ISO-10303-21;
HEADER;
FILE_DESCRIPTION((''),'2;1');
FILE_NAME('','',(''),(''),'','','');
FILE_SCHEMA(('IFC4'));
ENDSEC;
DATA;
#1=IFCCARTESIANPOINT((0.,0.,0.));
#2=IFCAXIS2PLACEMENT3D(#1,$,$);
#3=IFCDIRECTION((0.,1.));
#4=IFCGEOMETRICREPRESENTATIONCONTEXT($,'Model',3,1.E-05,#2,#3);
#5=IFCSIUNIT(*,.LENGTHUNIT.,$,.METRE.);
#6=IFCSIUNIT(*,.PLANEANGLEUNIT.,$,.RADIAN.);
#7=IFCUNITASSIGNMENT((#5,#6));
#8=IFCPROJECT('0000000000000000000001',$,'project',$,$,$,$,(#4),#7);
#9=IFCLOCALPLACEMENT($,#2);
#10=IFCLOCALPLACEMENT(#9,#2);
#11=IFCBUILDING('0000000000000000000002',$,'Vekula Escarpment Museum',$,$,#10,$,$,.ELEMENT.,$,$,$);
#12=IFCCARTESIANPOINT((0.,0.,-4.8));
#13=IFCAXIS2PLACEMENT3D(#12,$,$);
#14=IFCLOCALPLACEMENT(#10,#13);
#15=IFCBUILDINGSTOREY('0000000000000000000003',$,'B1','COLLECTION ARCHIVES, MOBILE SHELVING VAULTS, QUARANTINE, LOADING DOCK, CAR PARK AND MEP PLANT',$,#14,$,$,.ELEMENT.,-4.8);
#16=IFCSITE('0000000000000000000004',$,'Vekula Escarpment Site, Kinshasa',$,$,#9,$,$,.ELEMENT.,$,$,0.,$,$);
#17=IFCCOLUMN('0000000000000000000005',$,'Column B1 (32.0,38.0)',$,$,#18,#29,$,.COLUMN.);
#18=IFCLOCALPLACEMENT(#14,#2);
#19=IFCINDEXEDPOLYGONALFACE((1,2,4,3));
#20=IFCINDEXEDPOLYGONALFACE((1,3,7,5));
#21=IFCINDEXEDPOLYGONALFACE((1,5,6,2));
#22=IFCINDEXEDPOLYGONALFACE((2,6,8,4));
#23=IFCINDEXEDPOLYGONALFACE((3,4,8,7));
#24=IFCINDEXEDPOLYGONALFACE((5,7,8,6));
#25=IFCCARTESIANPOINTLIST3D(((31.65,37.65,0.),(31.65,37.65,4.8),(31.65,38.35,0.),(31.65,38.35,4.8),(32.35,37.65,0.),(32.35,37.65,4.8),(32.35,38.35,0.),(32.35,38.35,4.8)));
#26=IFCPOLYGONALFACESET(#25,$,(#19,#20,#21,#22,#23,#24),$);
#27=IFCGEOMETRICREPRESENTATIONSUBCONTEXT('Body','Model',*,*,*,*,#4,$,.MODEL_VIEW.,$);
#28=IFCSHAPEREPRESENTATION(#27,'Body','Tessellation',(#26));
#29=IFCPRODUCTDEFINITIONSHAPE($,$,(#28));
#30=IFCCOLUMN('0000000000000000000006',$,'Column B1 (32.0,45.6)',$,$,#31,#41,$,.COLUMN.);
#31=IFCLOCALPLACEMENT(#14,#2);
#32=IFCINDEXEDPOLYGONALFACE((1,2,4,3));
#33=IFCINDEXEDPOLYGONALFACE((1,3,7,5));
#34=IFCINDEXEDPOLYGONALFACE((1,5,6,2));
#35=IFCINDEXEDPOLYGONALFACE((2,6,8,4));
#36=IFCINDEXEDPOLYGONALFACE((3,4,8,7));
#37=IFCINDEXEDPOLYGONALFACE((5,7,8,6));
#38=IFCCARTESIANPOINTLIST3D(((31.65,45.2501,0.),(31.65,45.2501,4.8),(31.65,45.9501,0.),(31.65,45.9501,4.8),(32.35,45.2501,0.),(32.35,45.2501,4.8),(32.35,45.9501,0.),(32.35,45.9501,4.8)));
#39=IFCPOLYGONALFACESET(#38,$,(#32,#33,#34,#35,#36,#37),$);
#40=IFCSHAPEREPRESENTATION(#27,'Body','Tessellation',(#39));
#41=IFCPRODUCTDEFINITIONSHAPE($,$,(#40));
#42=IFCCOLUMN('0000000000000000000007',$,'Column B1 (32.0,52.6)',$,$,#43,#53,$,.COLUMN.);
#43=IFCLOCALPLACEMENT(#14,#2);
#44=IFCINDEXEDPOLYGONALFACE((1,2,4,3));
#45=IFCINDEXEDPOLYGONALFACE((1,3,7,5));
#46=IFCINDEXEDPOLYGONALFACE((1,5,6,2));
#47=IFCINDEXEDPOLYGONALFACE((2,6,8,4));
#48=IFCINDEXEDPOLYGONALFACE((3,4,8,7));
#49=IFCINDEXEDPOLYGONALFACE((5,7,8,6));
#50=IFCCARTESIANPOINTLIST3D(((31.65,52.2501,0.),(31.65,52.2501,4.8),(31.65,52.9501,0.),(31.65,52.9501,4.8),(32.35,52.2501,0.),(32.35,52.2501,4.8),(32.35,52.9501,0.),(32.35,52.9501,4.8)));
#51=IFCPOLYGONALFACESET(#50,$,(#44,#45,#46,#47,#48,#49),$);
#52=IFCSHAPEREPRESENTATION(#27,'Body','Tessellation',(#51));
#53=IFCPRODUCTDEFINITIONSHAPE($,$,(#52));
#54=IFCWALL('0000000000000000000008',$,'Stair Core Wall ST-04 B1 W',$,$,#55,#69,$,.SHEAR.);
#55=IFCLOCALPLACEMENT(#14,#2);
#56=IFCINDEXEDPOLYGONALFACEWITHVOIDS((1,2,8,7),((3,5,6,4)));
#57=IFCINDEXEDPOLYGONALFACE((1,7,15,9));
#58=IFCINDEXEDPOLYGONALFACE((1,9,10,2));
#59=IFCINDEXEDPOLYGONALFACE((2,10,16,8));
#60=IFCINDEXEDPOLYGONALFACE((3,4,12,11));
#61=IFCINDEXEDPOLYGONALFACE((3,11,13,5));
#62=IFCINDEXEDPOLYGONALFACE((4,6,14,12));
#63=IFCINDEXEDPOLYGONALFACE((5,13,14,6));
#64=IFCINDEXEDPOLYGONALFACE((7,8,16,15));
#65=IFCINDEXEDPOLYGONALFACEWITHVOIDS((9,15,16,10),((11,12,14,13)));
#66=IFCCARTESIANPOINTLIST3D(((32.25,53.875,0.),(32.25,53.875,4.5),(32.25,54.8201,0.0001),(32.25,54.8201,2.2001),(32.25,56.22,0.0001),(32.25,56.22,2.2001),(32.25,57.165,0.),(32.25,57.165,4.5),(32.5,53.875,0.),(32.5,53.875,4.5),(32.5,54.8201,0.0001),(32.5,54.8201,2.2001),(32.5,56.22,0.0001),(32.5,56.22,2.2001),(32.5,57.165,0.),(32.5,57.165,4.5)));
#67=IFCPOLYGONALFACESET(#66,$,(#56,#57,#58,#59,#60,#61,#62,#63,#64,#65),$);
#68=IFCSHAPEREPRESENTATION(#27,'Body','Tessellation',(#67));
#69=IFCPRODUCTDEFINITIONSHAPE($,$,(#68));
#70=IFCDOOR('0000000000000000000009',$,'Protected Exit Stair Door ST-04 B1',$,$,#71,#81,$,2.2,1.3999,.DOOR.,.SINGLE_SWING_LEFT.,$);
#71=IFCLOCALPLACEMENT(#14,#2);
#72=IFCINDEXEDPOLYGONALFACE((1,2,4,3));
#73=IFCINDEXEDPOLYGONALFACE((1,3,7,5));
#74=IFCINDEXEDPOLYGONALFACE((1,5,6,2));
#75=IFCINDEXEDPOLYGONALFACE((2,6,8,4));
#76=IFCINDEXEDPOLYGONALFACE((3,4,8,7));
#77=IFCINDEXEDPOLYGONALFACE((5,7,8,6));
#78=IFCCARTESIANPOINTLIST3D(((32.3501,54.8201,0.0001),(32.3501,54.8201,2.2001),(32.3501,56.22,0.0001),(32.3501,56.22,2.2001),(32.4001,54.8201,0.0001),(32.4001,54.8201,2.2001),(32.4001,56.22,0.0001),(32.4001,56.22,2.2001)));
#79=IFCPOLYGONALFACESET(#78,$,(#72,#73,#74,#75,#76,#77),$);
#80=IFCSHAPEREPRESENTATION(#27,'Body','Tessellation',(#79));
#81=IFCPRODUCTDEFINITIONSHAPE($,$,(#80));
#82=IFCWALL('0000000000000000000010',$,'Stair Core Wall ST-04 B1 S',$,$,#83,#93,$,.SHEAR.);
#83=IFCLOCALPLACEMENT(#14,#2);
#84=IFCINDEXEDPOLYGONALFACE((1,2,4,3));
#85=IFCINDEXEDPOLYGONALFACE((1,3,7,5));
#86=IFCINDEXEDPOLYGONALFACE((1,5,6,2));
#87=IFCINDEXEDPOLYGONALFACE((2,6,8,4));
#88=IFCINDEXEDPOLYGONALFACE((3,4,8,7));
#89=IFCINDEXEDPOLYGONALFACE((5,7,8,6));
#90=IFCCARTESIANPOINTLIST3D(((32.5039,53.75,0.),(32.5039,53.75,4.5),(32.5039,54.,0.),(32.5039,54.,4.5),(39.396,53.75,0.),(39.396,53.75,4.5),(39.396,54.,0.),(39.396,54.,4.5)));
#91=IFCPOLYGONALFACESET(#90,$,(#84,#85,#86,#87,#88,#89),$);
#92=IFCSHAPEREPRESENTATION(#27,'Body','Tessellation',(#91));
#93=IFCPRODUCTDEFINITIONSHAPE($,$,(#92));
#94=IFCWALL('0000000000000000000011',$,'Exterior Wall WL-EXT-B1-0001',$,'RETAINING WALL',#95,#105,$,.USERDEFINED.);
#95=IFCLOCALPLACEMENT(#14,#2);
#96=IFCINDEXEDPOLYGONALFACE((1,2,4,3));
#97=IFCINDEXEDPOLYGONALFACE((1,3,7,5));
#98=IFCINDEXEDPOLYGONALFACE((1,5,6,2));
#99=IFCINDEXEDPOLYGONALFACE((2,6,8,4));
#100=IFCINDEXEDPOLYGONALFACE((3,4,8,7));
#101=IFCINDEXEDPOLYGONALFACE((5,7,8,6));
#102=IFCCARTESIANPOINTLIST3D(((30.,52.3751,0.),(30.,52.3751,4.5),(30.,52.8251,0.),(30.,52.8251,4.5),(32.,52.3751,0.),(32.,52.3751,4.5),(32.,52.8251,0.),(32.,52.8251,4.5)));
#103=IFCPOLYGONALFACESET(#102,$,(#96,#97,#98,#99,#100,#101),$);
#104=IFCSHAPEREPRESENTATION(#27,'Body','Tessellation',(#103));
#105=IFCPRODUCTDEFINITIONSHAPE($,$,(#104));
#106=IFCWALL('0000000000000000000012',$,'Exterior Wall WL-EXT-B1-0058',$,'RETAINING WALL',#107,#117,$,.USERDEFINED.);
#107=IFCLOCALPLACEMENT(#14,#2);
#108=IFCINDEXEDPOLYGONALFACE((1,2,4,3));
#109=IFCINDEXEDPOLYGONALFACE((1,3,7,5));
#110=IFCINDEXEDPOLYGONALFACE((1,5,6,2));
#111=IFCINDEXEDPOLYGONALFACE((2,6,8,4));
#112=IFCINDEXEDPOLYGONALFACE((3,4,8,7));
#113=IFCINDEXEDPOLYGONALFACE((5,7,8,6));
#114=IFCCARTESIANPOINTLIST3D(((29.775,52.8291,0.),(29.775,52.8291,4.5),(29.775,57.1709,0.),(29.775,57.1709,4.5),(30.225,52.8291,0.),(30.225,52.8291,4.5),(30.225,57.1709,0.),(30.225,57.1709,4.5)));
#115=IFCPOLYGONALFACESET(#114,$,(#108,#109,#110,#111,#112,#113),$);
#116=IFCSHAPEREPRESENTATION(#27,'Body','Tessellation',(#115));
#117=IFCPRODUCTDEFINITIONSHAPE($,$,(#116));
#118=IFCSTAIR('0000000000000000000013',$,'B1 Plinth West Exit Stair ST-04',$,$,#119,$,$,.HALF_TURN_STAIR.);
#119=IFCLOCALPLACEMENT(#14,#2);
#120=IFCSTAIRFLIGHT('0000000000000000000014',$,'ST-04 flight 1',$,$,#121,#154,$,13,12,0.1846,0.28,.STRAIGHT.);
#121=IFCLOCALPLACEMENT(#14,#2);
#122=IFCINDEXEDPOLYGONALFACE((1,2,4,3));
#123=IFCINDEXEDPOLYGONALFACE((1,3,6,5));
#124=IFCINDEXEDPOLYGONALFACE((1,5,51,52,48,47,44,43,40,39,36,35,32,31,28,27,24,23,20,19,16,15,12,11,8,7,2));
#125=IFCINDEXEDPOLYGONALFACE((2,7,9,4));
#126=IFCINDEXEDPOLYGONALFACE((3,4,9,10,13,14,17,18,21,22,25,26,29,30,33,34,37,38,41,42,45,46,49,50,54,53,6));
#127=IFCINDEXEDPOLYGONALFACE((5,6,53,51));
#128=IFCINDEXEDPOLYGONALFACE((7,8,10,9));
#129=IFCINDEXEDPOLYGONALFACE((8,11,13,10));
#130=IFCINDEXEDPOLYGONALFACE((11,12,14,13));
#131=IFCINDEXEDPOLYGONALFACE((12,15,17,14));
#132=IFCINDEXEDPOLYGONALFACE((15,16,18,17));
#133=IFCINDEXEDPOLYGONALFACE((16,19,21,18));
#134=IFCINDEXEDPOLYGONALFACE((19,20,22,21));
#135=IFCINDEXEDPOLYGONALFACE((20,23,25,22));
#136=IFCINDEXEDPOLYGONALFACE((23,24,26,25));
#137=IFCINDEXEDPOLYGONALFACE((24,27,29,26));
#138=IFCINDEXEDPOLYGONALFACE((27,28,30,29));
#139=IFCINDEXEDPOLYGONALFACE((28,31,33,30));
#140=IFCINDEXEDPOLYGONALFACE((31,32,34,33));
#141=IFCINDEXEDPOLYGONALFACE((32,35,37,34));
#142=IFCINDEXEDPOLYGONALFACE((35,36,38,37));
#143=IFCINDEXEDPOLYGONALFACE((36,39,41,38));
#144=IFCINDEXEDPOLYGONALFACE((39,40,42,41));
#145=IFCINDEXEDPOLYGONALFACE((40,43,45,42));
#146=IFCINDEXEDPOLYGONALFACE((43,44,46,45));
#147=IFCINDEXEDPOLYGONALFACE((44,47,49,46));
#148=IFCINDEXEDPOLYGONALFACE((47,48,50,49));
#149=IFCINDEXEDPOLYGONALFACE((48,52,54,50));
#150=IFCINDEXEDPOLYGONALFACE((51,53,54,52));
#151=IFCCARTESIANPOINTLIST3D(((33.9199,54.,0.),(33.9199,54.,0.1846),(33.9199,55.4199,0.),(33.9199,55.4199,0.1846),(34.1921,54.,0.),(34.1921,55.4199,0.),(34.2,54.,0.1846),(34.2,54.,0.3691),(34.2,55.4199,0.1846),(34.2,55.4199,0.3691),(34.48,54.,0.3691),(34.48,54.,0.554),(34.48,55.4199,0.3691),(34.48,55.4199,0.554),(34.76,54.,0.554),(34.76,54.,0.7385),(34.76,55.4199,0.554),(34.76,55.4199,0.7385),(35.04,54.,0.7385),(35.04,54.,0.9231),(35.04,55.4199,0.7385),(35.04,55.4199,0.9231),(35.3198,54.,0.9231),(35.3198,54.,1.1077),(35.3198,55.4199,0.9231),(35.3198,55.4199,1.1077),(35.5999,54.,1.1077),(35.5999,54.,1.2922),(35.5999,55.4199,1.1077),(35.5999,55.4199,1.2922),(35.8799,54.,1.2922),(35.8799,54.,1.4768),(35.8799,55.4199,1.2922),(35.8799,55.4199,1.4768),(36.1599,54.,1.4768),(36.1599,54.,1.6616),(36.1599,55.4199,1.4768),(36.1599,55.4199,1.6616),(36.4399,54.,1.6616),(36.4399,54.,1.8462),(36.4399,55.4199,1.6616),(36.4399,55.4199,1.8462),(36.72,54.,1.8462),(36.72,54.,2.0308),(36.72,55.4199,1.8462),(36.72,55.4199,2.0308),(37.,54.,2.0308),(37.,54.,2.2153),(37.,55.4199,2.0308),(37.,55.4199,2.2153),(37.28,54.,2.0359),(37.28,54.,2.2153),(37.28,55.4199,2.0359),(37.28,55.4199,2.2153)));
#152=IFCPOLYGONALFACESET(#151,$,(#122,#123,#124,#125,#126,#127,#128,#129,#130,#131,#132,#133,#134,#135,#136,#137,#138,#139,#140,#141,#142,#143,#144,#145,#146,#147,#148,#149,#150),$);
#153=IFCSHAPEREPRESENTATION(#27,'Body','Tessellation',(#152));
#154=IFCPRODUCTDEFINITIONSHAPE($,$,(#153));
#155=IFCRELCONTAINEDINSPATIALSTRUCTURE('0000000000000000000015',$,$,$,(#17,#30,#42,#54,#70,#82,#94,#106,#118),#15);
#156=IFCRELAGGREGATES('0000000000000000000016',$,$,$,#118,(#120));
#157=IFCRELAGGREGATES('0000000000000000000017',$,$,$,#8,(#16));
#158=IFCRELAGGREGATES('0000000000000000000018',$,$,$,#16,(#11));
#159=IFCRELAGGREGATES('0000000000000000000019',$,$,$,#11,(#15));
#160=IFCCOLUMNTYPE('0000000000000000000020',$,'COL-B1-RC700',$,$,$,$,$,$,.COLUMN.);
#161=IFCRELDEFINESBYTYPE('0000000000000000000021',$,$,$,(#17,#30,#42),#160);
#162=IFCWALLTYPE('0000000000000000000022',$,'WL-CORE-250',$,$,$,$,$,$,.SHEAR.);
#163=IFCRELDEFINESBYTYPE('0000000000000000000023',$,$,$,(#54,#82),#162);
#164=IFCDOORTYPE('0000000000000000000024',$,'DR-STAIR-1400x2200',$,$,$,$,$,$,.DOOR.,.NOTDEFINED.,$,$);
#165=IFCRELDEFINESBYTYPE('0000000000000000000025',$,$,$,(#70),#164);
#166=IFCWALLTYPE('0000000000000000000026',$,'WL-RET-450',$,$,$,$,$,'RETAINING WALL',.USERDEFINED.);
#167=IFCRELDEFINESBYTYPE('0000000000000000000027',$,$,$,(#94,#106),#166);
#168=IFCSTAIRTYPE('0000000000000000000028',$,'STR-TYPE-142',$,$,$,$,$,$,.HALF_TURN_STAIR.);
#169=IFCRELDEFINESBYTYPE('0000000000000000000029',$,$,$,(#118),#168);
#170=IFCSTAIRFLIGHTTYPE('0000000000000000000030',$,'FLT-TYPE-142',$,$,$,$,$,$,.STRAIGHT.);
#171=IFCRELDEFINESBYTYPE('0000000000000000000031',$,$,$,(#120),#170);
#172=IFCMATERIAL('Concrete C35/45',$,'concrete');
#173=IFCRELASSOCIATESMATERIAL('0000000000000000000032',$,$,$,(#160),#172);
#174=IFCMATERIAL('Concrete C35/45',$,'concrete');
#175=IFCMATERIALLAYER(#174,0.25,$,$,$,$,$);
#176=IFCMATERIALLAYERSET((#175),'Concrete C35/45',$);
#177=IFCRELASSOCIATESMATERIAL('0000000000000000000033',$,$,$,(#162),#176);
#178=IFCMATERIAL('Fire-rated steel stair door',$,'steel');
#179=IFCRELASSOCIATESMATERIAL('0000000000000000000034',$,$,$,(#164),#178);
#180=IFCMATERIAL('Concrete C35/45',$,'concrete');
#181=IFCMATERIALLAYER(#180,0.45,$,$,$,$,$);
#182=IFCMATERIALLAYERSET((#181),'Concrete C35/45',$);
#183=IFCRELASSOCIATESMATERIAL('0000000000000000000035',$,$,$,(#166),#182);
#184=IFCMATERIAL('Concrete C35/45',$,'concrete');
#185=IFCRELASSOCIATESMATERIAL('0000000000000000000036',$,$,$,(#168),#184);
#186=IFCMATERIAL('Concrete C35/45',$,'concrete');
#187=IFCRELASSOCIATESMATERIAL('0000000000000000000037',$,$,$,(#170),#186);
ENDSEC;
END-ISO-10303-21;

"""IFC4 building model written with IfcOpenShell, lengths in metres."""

from ifc_helpers import new_model, si_unit, direction, frame, frame_2d, origin, origin_2d, place, context, subcontext, project, spatial, polyline, rectangle, outline, extrude, material, layer, layer_set, material_profile, profile_set, type_object, element, fill, aggregate, save


model = new_model("IFC4")

# Units and contexts
model_context = context("Model", 3, precision=1e-05, world=origin(), true_north=direction((0.0, 1.0)))
body_context = subcontext(model_context, "Body", "Model", "MODEL_VIEW")
ifc_project = project(units=[si_unit("LENGTHUNIT", "METRE"), si_unit("PLANEANGLEUNIT", "RADIAN")], contexts=[model_context])

# Site, building, storey
site_placement = place(None, origin())
site = spatial("IfcSite", under=ifc_project, at=site_placement, Name="Vekula Escarpment Site, Kinshasa", CompositionType="ELEMENT", RefElevation=0.0)
building_placement = place(site_placement, origin())
building = spatial("IfcBuilding", under=site, at=building_placement, Name="Vekula Escarpment Museum", CompositionType="ELEMENT")
storey_placement = place(building_placement, frame((0.0, 0.0, -4.8)))
storey = spatial("IfcBuildingStorey", under=building, at=storey_placement, Name="B1", Description="COLLECTION ARCHIVES, MOBILE SHELVING VAULTS, QUARANTINE, LOADING DOCK, CAR PARK AND MEP PLANT", CompositionType="ELEMENT", Elevation=-4.8)

# Columns
ifc_material_1 = material(Name="Concrete C35/45", Category="concrete")
ifc_material_profile_1 = material_profile(ifc_material_1, rectangle(XDim=0.7, YDim=0.7, at=origin_2d()), Name="RC 700x700")
ifc_profile_set_1 = profile_set([ifc_material_profile_1], Name="Concrete C35/45")
column_type = type_object("IfcColumnType", Name="COL-B1-RC700", PredefinedType="COLUMN", material=ifc_profile_set_1)
for number, where, z_axis, x_axis, name in (
    (1, (32.0, 38.0, 0.0), (0.0, 0.0, 1.0), (1.0, 0.0, 0.0), "Column B1 (32.0,38.0)"),
    (2, (32.0, 45.6001, 0.0), (0.0, 0.0, 1.0), (1.0, 0.0, 0.0), "Column B1 (32.0,45.6)"),
    (3, (32.0, 52.6001, 0.0), (0.0, 0.0, 1.0), (1.0, 0.0, 0.0), "Column B1 (32.0,52.6)"),
):
    element("IfcColumn", number, at=place(storey_placement, frame(where, z_axis=z_axis, x_axis=x_axis)), inside=storey, type_object=column_type, Name=name, PredefinedType="COLUMN", context=body_context, shape_type="SweptSolid", body=[
        extrude(rectangle(XDim=0.7, YDim=0.7, at=origin_2d()), origin(), (0.0, 0.0, 1.0), 4.8),
    ])

# Wall, opening, door
ifc_material_2 = material(Name="Concrete C35/45", Category="concrete")
ifc_layer_1 = layer(ifc_material_2, 0.25)
ifc_layer_set_1 = layer_set([ifc_layer_1], Name="Concrete C35/45")
wall_type_1 = type_object("IfcWallType", Name="WL-CORE-250", PredefinedType="SHEAR", material=ifc_layer_set_1)
wall_1_placement = place(storey_placement, frame((32.375, 53.875, 0.0), z_axis=(0.0, 0.0, 1.0), x_axis=(0.0, 1.0, 0.0)))
wall_1 = element("IfcWall", 4, at=wall_1_placement, inside=storey, type_object=wall_type_1, Name="Stair Core Wall ST-04 B1 W", PredefinedType="SHEAR", context=body_context, shape_type="SweptSolid", body=[
    extrude(rectangle(XDim=3.29, YDim=0.25, at=frame_2d((1.645, 0.0))), origin(), (0.0, 0.0, 1.0), 4.5),
])
opening_placement = place(wall_1_placement, frame((0.9451, 0.0, 0.0)))
opening = element("IfcOpeningElement", 5, at=opening_placement, cuts=wall_1, PredefinedType="OPENING", context=body_context, shape_type="SweptSolid", body=[
    extrude(rectangle(XDim=1.3999, YDim=2.2, at=frame_2d((0.7, 1.1001))), frame((0.0, 0.135, 0.0), z_axis=(0.0, -1.0, 0.0), x_axis=(1.0, 0.0, 0.0)), (0.0, 0.0, 1.0), 0.27),
])
ifc_material_3 = material(Name="Fire-rated steel stair door", Category="steel")
door_type = type_object("IfcDoorType", Name="DR-STAIR-1400x2200", OperationType="NOTDEFINED", PredefinedType="DOOR", material=ifc_material_3)
door_placement = place(opening_placement, origin())
door = element("IfcDoor", 6, at=door_placement, inside=storey, type_object=door_type, Name="Protected Exit Stair Door ST-04 B1", OperationType="SINGLE_SWING_LEFT", OverallHeight=2.2, OverallWidth=1.3999, PredefinedType="DOOR", context=body_context, shape_type="SweptSolid", body=[
    extrude(rectangle(XDim=1.3999, YDim=2.2, at=frame_2d((0.7, 1.1001))), frame((0.0, 0.0249, 0.0), z_axis=(0.0, -1.0, 0.0), x_axis=(1.0, 0.0, 0.0)), (0.0, 0.0, 1.0), 0.05),
])
fill(opening, door)

# Walls
wall_2_placement = place(storey_placement, frame((32.5039, 53.875, 0.0), z_axis=(0.0, 0.0, 1.0), x_axis=(1.0, 0.0, 0.0)))
element("IfcWall", 7, at=wall_2_placement, inside=storey, type_object=wall_type_1, Name="Stair Core Wall ST-04 B1 S", PredefinedType="SHEAR", context=body_context, shape_type="SweptSolid", body=[
    extrude(rectangle(XDim=6.8921, YDim=0.25, at=frame_2d((3.446, 0.0))), origin(), (0.0, 0.0, 1.0), 4.5),
])
ifc_material_4 = material(Name="Concrete C35/45", Category="concrete")
ifc_layer_2 = layer(ifc_material_4, 0.45)
ifc_layer_set_2 = layer_set([ifc_layer_2], Name="Concrete C35/45")
wall_type_2 = type_object("IfcWallType", Name="WL-RET-450", ElementType="RETAINING WALL", PredefinedType="USERDEFINED", material=ifc_layer_set_2)
wall_3_placement = place(storey_placement, frame((32.0, 52.6001, 0.0), z_axis=(0.0, 0.0, 1.0), x_axis=(-1.0, 0.0, 0.0)))
element("IfcWall", 8, at=wall_3_placement, inside=storey, type_object=wall_type_2, Name="Exterior Wall WL-EXT-B1-0001", ObjectType="RETAINING WALL", PredefinedType="USERDEFINED", context=body_context, shape_type="SweptSolid", body=[
    extrude(rectangle(XDim=2.0, YDim=0.45, at=frame_2d((1.0, 0.0))), origin(), (0.0, 0.0, 1.0), 4.5),
])
wall_4_placement = place(storey_placement, frame((30.0, 52.8291, 0.0), z_axis=(0.0, 0.0, 1.0), x_axis=(0.0, 1.0, 0.0)))
element("IfcWall", 9, at=wall_4_placement, inside=storey, type_object=wall_type_2, Name="Exterior Wall WL-EXT-B1-0058", ObjectType="RETAINING WALL", PredefinedType="USERDEFINED", context=body_context, shape_type="SweptSolid", body=[
    extrude(rectangle(XDim=4.3418, YDim=0.45, at=frame_2d((2.1709, 0.0))), origin(), (0.0, 0.0, 1.0), 4.5),
])

# Stair, stair flight
ifc_material_5 = material(Name="Concrete C35/45", Category="concrete")
stair_type = type_object("IfcStairType", Name="STR-TYPE-142", PredefinedType="HALF_TURN_STAIR", material=ifc_material_5)
stair_placement = place(storey_placement, origin())
stair = element("IfcStair", 10, at=stair_placement, inside=storey, type_object=stair_type, Name="B1 Plinth West Exit Stair ST-04", PredefinedType="HALF_TURN_STAIR")
ifc_material_6 = material(Name="Concrete C35/45", Category="concrete")
stair_flight_type = type_object("IfcStairFlightType", Name="FLT-TYPE-142", PredefinedType="STRAIGHT", material=ifc_material_6)
stair_flight_placement = place(storey_placement, frame((33.9199, 54.71, 0.0), z_axis=(0.0, 0.0, 1.0), x_axis=(1.0, 0.0, 0.0)))
stair_flight = element("IfcStairFlight", 11, at=stair_flight_placement, type_object=stair_flight_type, Name="ST-04 flight 1", NumberOfRisers=13, NumberOfTreads=12, PredefinedType="STRAIGHT", RiserHeight=0.1846, TreadLength=0.28, context=body_context, shape_type="SweptSolid", body=[
    extrude(outline(polyline([(0.0, 0.0), (0.0, 0.1846), (0.28, 0.1846), (0.28, 0.3691), (0.5601, 0.3691), (0.5601, 0.554), (0.8401, 0.554), (0.8401, 0.7385), (1.1201, 0.7385), (1.1201, 0.9231), (1.3999, 0.9231), (1.3999, 1.1077), (1.6799, 1.1077), (1.6799, 1.2922), (1.96, 1.2922), (1.96, 1.4768), (2.24, 1.4768), (2.24, 1.6616), (2.52, 1.6616), (2.52, 1.8462), (2.8, 1.8462), (2.8, 2.0308), (3.0801, 2.0308), (3.0801, 2.2153), (3.3601, 2.2153), (3.3601, 2.3999), (3.3601, 2.0359), (0.2722, 0.0), (0.0, 0.0)])), frame((0.0, 0.71, 0.0), z_axis=(0.0, -1.0, 0.0), x_axis=(1.0, 0.0, 0.0)), (0.0, 0.0, 1.0), 1.4199),
])
aggregate(stair, [stair_flight])

save(model, "model.ifc")
